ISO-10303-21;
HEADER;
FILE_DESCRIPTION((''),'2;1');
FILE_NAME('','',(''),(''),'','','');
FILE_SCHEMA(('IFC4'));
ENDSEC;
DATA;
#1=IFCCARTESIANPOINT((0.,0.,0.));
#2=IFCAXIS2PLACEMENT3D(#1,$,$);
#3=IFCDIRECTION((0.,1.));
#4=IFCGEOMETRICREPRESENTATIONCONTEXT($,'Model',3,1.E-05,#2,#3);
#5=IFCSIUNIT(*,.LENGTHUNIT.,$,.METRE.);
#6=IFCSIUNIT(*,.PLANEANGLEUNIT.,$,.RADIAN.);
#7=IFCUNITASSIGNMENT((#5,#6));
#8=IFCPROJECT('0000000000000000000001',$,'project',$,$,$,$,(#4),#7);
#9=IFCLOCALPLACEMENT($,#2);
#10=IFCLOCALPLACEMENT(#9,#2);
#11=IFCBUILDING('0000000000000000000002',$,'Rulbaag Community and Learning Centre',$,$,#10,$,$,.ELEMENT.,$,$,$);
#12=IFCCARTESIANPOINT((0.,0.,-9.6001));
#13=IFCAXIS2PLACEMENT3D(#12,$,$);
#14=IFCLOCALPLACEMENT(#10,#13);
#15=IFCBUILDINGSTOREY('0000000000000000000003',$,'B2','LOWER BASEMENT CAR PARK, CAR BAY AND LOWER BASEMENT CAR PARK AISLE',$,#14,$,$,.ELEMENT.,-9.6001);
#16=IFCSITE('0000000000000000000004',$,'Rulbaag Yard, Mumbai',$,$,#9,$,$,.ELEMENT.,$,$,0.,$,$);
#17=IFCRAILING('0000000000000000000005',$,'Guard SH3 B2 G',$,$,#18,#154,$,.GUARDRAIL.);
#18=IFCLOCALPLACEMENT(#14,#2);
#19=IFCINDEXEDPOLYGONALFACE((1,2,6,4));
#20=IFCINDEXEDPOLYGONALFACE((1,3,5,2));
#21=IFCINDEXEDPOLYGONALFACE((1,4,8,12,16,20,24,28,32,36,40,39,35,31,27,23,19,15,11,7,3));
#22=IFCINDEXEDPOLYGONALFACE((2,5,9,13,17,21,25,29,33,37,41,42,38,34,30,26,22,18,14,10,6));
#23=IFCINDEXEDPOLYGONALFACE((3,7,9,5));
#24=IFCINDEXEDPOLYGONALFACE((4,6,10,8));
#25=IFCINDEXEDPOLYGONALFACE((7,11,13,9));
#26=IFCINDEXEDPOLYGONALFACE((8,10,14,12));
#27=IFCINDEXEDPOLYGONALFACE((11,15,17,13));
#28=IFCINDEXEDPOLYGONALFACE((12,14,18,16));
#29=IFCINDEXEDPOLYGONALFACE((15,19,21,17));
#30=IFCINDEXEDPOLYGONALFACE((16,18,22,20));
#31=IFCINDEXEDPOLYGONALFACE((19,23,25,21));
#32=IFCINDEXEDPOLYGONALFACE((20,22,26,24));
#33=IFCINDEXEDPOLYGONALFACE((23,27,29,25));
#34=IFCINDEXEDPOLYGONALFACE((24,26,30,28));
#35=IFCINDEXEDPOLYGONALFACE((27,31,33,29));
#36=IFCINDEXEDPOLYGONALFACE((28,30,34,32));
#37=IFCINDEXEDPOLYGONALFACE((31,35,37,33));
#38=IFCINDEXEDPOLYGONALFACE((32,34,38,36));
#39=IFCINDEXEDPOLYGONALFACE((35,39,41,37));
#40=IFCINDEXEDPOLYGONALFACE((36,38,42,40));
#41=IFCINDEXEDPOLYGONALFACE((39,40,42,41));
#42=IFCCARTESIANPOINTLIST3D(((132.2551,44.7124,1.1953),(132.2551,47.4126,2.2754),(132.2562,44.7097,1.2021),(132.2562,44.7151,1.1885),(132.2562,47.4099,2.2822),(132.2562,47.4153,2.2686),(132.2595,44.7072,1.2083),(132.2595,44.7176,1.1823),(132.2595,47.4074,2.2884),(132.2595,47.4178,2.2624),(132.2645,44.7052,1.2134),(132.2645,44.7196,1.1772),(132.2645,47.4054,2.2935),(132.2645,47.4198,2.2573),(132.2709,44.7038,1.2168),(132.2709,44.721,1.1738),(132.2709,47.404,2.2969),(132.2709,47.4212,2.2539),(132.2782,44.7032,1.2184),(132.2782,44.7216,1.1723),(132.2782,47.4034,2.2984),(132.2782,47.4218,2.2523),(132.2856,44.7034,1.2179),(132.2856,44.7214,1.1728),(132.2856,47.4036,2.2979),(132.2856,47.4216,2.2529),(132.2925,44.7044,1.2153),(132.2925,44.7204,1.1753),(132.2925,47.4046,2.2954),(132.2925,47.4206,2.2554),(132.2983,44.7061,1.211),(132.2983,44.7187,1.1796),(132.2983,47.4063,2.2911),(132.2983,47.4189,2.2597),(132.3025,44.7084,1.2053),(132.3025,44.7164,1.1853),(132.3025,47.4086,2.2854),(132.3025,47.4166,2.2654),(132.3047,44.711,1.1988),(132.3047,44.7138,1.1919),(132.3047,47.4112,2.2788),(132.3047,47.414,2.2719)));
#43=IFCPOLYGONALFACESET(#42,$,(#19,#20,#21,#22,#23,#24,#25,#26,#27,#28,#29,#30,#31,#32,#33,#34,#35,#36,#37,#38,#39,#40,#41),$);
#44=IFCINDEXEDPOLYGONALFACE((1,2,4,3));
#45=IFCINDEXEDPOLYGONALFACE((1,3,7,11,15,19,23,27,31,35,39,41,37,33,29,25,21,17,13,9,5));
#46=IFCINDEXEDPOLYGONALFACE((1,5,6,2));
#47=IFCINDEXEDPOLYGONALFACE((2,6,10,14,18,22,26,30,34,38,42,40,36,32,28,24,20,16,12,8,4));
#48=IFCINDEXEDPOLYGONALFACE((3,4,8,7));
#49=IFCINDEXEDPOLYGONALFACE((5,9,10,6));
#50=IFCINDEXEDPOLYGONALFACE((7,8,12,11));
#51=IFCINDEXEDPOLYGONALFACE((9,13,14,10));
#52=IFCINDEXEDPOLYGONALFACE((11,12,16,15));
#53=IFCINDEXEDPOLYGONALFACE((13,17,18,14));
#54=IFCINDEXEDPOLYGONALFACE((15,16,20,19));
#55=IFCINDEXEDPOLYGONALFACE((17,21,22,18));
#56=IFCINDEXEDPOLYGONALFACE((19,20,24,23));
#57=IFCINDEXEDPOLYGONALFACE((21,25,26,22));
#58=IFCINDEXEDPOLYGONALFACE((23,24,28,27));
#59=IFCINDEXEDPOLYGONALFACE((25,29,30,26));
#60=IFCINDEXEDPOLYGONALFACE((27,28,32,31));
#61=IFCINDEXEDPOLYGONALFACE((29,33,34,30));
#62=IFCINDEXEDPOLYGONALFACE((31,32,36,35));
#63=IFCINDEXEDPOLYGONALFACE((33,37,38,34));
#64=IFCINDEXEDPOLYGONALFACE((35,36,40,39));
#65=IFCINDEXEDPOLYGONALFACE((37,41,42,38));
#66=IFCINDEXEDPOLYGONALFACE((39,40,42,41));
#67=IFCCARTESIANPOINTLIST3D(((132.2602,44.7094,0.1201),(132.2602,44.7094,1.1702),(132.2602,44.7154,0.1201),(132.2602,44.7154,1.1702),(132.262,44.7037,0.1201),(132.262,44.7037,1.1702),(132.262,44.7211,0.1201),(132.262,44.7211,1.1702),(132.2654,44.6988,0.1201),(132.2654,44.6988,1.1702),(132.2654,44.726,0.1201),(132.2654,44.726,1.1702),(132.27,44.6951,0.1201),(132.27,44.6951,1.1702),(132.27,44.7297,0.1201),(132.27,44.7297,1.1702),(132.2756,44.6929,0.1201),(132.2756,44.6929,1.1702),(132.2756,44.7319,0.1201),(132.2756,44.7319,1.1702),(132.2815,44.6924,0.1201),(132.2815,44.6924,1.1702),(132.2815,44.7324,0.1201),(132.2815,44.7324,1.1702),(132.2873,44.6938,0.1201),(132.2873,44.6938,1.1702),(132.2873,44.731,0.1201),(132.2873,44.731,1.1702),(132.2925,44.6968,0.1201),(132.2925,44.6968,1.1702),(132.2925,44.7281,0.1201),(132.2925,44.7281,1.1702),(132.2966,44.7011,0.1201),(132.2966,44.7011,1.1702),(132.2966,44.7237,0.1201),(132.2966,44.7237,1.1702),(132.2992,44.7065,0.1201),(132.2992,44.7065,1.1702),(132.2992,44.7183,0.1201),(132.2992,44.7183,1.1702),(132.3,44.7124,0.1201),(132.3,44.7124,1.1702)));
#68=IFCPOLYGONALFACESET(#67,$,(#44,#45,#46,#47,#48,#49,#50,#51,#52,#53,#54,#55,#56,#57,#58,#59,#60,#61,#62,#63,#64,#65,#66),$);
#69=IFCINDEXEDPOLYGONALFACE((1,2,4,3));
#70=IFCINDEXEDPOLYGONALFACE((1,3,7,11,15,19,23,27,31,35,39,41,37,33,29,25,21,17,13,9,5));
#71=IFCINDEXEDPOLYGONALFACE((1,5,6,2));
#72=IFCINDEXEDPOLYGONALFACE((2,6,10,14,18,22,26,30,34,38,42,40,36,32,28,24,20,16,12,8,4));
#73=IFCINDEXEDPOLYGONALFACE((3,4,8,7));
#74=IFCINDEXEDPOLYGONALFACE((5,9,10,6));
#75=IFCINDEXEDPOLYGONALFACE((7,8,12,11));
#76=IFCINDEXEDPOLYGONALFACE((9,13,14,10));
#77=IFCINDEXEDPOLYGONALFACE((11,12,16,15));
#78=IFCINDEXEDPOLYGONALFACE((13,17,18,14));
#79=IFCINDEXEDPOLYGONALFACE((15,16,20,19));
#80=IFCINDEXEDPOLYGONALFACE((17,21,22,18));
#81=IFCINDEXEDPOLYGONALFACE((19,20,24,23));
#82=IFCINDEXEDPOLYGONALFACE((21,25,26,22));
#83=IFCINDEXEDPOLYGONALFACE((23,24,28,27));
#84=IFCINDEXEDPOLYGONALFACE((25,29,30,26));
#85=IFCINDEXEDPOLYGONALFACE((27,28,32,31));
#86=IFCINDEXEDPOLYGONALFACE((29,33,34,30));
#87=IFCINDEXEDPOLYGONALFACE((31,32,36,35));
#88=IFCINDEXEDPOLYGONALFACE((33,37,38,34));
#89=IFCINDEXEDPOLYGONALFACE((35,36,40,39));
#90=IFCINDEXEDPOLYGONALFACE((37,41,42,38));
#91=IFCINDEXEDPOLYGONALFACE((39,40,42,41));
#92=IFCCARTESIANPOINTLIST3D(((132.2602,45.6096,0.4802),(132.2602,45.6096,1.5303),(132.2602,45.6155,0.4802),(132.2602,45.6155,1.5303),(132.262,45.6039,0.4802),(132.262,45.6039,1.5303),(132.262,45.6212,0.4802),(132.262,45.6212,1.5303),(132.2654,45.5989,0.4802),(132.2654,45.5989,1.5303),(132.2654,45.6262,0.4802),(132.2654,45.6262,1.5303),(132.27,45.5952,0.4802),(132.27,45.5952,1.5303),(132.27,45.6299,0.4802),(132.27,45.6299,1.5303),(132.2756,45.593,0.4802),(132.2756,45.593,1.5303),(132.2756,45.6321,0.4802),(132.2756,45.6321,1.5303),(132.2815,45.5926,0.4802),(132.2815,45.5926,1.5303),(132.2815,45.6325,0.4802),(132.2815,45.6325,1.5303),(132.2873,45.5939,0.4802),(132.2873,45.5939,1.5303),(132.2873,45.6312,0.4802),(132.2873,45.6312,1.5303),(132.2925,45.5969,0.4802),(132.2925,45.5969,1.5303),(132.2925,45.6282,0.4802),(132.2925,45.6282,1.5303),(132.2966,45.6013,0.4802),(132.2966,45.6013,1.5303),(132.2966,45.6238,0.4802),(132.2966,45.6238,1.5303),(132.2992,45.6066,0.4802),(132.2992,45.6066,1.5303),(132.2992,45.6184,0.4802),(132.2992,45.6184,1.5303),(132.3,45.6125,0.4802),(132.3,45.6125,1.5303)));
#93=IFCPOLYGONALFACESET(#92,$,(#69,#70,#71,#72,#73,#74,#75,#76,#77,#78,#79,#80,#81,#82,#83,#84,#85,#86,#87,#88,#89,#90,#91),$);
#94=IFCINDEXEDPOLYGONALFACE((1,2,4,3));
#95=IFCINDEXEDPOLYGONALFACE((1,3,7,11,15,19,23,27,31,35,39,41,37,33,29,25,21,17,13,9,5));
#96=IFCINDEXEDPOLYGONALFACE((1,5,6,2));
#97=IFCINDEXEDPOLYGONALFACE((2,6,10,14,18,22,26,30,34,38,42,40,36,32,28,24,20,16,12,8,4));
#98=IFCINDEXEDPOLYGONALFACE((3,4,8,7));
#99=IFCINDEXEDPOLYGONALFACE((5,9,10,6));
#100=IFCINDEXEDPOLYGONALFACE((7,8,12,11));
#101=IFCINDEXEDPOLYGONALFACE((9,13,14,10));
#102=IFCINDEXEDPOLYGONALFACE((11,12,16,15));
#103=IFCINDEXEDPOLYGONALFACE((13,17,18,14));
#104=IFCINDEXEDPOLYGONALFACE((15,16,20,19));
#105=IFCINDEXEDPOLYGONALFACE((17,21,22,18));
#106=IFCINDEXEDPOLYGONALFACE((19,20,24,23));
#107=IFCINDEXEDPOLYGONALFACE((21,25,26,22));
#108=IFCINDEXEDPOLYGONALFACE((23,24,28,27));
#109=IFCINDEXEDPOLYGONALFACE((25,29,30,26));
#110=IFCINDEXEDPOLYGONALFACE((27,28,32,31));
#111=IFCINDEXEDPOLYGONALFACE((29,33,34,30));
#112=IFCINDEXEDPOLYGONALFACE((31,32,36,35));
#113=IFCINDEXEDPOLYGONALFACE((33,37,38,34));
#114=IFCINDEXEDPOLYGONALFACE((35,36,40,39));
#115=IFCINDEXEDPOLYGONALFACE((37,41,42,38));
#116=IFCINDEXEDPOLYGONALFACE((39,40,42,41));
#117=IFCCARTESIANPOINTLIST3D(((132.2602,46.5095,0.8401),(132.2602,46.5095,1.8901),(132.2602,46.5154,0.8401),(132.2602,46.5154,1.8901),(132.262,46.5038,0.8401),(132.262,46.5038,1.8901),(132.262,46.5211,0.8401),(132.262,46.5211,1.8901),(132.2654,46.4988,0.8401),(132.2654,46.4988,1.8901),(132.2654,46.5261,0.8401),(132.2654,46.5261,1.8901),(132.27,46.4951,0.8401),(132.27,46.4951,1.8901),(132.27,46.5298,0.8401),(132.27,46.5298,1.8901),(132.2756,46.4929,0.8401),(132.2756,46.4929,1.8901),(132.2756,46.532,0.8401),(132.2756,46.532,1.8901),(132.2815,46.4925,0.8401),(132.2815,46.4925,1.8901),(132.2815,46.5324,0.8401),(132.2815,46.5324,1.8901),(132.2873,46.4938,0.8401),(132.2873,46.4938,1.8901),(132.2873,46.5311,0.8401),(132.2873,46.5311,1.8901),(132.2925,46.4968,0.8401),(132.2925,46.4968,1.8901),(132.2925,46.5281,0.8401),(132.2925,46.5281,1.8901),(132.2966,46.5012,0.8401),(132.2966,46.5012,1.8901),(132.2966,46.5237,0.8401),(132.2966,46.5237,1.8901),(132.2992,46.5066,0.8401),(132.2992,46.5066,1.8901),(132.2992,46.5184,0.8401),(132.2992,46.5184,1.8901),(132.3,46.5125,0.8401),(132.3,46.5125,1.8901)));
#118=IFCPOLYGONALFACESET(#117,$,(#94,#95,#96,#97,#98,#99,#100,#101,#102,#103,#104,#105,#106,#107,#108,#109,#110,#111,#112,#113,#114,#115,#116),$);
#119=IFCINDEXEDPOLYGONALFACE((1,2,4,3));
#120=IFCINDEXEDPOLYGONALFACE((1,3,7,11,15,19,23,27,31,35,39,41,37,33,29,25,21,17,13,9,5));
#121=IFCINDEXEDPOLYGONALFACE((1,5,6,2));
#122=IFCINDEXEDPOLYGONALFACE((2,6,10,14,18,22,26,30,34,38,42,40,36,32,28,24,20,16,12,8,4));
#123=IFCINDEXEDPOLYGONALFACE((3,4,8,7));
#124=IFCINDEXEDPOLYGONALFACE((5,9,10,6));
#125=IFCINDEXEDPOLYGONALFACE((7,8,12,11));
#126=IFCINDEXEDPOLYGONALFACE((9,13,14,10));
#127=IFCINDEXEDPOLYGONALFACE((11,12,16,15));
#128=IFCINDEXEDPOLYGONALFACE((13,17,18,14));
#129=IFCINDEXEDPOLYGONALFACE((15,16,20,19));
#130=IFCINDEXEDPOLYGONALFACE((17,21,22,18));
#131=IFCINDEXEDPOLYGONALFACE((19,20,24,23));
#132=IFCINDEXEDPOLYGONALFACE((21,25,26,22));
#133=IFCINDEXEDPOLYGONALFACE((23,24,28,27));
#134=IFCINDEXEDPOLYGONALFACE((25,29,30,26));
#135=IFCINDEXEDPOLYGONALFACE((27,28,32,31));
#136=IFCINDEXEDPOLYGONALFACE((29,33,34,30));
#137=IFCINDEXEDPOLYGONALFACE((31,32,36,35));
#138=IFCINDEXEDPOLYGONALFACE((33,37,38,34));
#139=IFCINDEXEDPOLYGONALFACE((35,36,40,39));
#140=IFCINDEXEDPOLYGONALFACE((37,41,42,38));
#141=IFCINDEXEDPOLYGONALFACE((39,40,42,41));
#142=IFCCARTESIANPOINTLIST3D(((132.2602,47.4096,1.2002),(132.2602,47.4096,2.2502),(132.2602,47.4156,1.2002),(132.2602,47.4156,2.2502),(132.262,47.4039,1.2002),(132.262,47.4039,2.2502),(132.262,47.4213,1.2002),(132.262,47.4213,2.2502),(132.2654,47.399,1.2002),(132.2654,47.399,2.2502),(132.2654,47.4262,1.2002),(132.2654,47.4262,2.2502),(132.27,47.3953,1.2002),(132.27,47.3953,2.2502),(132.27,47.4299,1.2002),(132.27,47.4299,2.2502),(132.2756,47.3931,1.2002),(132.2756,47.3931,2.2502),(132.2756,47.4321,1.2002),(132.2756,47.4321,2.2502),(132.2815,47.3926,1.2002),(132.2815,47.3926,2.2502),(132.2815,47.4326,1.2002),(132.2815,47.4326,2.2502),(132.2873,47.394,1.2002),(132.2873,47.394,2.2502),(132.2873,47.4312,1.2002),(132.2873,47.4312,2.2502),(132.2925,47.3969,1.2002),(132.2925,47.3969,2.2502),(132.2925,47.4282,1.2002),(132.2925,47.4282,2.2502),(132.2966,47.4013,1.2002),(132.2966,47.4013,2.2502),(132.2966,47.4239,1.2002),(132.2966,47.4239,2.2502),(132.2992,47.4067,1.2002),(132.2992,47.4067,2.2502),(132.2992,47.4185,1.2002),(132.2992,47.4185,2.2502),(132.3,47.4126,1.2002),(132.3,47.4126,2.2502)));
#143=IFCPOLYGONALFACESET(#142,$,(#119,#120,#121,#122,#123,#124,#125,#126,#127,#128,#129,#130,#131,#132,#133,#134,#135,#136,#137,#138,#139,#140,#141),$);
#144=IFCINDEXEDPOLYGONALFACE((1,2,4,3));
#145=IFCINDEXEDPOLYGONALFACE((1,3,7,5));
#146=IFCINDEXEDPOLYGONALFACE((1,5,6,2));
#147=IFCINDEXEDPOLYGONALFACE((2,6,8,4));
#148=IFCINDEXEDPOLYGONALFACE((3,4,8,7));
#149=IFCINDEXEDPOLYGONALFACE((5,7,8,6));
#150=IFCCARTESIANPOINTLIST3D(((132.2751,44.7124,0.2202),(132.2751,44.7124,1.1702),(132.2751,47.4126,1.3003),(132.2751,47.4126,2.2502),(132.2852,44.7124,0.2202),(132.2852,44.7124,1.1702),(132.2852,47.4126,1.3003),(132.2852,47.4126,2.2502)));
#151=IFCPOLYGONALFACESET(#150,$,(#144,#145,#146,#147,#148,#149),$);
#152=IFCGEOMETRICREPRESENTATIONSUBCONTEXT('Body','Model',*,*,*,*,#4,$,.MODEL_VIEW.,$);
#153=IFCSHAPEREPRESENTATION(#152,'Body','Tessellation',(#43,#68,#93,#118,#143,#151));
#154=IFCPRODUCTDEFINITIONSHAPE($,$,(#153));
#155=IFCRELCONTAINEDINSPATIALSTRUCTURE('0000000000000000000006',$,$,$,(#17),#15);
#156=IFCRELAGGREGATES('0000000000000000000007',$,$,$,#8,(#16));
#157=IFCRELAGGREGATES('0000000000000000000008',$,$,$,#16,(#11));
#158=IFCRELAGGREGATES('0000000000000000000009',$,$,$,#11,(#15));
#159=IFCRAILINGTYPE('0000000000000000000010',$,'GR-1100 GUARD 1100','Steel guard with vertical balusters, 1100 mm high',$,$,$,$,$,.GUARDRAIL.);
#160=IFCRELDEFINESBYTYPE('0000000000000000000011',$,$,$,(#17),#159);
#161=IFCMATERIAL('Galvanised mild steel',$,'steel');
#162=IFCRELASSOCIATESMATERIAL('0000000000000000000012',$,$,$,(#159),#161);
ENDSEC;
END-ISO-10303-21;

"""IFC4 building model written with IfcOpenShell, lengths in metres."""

from ifc_helpers import new_model, si_unit, direction, frame, origin, origin_2d, place, context, subcontext, project, spatial, polyline, circle, outline, extrude, material, type_object, element, save


model = new_model("IFC4")

# Units and contexts
model_context = context("Model", 3, precision=1e-05, world=origin(), true_north=direction((0.0, 1.0)))
body_context = subcontext(model_context, "Body", "Model", "MODEL_VIEW")
ifc_project = project(units=[si_unit("LENGTHUNIT", "METRE"), si_unit("PLANEANGLEUNIT", "RADIAN")], contexts=[model_context])

# Site, building, storey
site_placement = place(None, origin())
site = spatial("IfcSite", under=ifc_project, at=site_placement, Name="Rulbaag Yard, Mumbai", CompositionType="ELEMENT", RefElevation=0.0)
building_placement = place(site_placement, origin())
building = spatial("IfcBuilding", under=site, at=building_placement, Name="Rulbaag Community and Learning Centre", CompositionType="ELEMENT")
storey_placement = place(building_placement, frame((0.0, 0.0, -9.6001)))
storey = spatial("IfcBuildingStorey", under=building, at=storey_placement, Name="B2", Description="LOWER BASEMENT CAR PARK, CAR BAY AND LOWER BASEMENT CAR PARK AISLE", CompositionType="ELEMENT", Elevation=-9.6001)

# Railing
ifc_material_1 = material(Name="Galvanised mild steel", Category="steel")
railing_type_1 = type_object("IfcRailingType", Name="GR-1100 GUARD 1100", Description="Steel guard with vertical balusters, 1100 mm high", PredefinedType="GUARDRAIL", material=ifc_material_1)
railing_1_placement = place(storey_placement, frame((132.28, 44.7124, 0.1201)))
element("IfcRailing", 1, at=railing_1_placement, inside=storey, type_object=railing_type_1, Name="Guard SH3 B2 G", PredefinedType="GUARDRAIL", context=body_context, shape_type="SweptSolid", body=[
    extrude(circle(Radius=0.0249, at=origin_2d()), frame((0.0, 0.0, 1.0752), z_axis=(0.0, 0.928477, 0.371391), x_axis=(-1.0, 0.0, 0.0)), (0.0, 0.0, 1.0), 2.9082),
    extrude(circle(Radius=0.02, at=origin_2d()), origin(), (0.0, 0.0, 1.0), 1.05),
    extrude(circle(Radius=0.02, at=origin_2d()), frame((0.0, 0.9001, 0.3601)), (0.0, 0.0, 1.0), 1.05),
    extrude(circle(Radius=0.02, at=origin_2d()), frame((0.0, 1.8, 0.72)), (0.0, 0.0, 1.0), 1.05),
    extrude(circle(Radius=0.02, at=origin_2d()), frame((0.0, 2.7002, 1.0801)), (0.0, 0.0, 1.0), 1.05),
    extrude(outline(polyline([(0.0, 0.0), (2.7002, 1.0801), (2.7002, 2.03), (0.0, 0.95), (0.0, 0.0)])), frame((-0.0049, 0.0, 0.1001), z_axis=(1.0, 0.0, 0.0), x_axis=(0.0, 1.0, 0.0)), (0.0, 0.0, 1.0), 0.01),
])

save(model, "model.ifc")
